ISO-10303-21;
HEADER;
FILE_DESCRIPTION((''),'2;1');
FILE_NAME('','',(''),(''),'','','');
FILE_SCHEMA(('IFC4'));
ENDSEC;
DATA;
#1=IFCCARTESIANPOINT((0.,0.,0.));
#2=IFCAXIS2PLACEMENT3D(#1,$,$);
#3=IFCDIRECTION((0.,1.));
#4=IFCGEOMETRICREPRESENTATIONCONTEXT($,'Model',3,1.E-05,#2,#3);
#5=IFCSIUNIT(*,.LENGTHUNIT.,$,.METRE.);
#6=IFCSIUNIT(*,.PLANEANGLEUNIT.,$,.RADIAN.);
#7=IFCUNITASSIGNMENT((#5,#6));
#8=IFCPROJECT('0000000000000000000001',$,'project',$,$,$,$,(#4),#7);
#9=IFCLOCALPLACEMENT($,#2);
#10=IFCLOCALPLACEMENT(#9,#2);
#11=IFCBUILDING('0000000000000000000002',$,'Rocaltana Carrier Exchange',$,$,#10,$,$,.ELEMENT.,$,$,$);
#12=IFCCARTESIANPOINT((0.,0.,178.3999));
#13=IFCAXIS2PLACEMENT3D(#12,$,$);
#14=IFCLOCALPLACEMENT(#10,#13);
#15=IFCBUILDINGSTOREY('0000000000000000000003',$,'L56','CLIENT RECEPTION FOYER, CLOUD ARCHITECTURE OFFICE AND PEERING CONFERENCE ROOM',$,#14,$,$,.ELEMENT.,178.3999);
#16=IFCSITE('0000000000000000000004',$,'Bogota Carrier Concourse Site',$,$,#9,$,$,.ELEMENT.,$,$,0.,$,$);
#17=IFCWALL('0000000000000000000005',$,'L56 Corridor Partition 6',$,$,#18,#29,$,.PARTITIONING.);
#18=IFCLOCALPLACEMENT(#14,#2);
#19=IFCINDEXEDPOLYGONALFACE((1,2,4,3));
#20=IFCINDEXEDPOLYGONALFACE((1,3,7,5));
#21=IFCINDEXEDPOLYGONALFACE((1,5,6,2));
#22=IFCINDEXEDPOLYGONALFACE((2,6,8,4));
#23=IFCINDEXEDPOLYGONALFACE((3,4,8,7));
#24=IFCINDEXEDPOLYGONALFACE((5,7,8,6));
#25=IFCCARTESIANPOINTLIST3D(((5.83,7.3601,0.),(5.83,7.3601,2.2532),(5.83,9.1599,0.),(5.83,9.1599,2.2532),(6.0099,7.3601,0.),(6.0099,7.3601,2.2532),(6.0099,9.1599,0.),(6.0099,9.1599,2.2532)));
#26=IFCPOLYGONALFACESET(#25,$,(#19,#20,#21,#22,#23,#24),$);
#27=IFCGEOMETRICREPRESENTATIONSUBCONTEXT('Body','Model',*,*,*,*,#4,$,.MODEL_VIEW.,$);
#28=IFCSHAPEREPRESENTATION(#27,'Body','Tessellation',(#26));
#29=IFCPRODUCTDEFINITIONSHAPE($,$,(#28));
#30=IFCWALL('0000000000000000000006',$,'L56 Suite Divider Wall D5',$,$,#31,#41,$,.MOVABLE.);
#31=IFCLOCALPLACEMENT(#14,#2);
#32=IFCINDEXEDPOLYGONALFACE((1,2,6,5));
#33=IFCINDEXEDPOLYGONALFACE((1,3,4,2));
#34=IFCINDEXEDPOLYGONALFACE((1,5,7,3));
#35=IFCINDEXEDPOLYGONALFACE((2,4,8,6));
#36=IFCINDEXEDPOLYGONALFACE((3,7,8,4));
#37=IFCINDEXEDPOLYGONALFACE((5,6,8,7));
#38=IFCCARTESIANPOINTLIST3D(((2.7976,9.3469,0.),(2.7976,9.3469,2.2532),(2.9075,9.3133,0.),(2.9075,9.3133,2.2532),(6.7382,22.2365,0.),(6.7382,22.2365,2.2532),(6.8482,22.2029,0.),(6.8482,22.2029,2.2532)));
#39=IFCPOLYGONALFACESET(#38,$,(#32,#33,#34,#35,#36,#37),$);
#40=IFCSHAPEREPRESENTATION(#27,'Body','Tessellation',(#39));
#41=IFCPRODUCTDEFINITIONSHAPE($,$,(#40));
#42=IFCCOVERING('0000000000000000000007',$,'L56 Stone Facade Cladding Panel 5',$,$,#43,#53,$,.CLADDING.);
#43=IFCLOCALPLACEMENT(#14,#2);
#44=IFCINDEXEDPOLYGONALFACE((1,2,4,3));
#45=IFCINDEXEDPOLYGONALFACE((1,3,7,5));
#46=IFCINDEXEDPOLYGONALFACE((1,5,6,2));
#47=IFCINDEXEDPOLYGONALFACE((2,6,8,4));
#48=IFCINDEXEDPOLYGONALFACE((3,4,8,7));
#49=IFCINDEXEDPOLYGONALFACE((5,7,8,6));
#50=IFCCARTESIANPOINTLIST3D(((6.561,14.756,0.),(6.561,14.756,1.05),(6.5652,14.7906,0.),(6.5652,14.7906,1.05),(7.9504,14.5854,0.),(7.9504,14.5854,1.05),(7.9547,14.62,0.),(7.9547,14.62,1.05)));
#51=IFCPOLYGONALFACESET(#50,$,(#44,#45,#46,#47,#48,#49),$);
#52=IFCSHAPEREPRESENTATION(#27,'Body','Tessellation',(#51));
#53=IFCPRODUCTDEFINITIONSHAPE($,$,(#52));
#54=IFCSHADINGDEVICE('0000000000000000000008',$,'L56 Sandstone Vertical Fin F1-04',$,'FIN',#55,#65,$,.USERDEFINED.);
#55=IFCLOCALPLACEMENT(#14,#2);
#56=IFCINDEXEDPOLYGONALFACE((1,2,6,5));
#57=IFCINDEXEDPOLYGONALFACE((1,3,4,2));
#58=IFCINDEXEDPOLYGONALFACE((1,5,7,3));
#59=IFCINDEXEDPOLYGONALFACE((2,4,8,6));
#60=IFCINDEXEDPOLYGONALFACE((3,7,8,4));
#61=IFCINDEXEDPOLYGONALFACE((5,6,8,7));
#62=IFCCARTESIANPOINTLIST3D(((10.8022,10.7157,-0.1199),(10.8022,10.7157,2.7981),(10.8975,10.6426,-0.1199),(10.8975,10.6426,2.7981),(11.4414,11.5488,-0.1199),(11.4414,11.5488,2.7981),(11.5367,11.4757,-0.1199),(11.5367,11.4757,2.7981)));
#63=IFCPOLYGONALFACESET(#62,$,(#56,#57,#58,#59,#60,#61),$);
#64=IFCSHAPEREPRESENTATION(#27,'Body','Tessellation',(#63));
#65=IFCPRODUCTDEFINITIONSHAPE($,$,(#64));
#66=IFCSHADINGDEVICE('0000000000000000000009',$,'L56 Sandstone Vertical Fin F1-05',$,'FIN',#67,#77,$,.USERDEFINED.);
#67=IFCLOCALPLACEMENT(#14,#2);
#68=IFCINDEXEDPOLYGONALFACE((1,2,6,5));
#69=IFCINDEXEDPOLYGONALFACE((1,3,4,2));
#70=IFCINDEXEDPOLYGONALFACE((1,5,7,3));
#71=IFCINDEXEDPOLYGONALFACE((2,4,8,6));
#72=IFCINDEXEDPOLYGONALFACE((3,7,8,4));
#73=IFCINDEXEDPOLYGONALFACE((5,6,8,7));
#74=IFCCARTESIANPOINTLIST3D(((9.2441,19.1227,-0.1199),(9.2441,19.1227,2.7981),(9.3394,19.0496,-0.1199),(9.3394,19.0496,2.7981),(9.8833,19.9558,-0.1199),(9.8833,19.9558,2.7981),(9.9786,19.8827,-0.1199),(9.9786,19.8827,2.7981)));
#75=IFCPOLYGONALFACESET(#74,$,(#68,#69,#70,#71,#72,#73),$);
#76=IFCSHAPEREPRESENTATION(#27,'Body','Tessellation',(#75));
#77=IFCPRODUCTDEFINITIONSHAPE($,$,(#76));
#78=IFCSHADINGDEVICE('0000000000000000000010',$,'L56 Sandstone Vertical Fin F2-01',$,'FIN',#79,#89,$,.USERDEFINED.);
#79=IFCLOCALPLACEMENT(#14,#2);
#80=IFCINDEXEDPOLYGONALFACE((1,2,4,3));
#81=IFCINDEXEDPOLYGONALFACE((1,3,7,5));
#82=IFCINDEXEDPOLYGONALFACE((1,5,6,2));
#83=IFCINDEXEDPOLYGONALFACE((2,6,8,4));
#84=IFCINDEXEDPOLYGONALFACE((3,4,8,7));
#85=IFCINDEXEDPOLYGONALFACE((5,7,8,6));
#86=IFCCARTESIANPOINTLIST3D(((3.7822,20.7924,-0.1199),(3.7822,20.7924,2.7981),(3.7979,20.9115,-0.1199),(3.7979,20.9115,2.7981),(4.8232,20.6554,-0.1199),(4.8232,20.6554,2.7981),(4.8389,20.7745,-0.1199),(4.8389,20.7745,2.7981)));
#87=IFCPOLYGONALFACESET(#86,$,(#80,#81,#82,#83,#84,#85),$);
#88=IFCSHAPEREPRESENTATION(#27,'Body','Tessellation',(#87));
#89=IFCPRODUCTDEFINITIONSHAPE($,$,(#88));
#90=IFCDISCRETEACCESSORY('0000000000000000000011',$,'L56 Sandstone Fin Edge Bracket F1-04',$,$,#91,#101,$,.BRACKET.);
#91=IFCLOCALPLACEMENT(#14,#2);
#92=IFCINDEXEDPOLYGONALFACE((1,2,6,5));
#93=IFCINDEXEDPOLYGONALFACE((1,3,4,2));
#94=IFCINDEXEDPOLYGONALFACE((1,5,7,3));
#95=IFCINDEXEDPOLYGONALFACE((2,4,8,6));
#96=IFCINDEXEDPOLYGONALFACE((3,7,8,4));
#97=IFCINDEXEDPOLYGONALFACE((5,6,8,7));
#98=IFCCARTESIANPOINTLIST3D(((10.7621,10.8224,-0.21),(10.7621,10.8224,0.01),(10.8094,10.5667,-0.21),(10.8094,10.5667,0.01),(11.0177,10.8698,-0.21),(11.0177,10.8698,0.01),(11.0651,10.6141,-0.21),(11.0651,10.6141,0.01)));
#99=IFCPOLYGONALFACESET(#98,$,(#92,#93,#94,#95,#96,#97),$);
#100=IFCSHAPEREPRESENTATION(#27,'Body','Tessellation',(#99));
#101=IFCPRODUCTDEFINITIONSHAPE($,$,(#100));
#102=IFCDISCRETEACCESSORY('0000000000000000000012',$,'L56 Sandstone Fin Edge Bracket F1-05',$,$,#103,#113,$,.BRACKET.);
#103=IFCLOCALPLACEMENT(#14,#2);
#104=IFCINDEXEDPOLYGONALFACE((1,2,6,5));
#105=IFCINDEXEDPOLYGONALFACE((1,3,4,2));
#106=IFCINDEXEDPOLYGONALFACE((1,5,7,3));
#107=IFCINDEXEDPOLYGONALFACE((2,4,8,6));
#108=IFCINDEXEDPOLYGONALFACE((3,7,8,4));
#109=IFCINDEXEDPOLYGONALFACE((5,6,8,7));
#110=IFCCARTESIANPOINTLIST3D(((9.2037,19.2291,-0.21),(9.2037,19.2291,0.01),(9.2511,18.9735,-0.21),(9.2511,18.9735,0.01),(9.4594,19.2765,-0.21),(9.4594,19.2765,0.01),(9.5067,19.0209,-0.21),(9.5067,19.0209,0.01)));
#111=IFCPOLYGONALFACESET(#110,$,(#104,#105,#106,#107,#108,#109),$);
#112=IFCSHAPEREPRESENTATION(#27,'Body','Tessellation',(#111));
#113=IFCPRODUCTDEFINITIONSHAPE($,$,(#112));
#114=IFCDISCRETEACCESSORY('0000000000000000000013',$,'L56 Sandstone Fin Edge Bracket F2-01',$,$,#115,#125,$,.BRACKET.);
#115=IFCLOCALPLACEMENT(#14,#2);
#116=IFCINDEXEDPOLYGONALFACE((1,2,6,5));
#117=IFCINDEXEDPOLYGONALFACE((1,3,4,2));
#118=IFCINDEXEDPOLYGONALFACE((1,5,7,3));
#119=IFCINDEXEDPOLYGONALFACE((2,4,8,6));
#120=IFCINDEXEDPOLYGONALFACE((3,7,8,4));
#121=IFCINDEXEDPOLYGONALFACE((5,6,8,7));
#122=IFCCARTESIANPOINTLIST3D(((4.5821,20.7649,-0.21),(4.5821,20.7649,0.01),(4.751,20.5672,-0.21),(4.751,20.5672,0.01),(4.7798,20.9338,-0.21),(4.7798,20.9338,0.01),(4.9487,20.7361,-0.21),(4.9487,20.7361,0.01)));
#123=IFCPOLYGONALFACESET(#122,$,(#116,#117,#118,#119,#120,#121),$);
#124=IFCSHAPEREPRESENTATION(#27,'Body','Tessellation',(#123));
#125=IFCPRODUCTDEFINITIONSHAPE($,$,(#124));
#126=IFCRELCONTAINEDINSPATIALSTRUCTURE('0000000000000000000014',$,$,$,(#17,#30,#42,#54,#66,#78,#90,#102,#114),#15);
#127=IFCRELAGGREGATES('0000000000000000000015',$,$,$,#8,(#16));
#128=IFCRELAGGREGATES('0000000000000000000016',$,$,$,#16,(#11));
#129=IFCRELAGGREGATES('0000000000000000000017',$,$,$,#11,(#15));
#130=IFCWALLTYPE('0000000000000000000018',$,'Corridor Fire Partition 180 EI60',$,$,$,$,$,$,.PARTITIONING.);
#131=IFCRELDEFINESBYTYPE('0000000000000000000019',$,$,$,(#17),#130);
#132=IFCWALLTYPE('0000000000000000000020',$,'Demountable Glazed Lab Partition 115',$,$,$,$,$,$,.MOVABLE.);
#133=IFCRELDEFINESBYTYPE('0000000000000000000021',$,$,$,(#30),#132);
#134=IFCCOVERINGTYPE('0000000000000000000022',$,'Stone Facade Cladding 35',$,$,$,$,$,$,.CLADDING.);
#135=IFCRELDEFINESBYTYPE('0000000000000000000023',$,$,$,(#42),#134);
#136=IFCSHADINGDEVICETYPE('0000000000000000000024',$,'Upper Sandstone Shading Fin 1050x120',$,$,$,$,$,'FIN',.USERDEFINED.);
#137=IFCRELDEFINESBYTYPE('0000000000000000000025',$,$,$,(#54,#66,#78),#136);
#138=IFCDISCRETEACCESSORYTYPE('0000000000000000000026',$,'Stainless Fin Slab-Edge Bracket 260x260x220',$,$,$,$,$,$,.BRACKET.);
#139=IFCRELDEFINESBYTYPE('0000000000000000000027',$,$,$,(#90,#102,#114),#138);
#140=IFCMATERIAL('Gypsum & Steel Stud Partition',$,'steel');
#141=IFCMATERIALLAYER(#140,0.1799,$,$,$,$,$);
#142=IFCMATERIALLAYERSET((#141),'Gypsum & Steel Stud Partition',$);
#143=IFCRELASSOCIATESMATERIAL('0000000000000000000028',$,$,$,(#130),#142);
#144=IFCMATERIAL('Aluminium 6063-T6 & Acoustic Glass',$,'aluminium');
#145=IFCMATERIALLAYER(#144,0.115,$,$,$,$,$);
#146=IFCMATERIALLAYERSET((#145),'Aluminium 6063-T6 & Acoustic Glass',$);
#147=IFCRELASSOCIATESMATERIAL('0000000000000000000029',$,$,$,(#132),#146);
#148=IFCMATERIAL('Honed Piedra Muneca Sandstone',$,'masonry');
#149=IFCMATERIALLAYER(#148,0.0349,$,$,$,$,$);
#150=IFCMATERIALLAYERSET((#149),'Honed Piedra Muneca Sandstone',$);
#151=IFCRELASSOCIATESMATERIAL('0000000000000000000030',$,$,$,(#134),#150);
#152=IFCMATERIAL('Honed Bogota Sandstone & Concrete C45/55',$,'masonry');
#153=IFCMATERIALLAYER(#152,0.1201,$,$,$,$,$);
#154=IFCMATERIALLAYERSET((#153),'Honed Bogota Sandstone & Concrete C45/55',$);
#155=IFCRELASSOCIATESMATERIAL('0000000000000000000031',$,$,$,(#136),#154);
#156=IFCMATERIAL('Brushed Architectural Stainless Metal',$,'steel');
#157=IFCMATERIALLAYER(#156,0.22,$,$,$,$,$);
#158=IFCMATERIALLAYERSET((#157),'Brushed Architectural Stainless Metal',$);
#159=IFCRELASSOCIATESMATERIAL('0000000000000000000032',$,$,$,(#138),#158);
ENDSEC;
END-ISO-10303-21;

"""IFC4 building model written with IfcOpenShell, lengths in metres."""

from ifc_helpers import new_model, si_unit, direction, frame, frame_2d, origin, origin_2d, place, context, subcontext, project, spatial, rectangle, extrude, material, layer, layer_set, type_object, element, save


model = new_model("IFC4")

# Units and contexts
model_context = context("Model", 3, precision=1e-05, world=origin(), true_north=direction((0.0, 1.0)))
body_context = subcontext(model_context, "Body", "Model", "MODEL_VIEW")
ifc_project = project(units=[si_unit("LENGTHUNIT", "METRE"), si_unit("PLANEANGLEUNIT", "RADIAN")], contexts=[model_context])

# Site, building, storey
site_placement = place(None, origin())
site = spatial("IfcSite", under=ifc_project, at=site_placement, Name="Bogota Carrier Concourse Site", CompositionType="ELEMENT", RefElevation=0.0)
building_placement = place(site_placement, origin())
building = spatial("IfcBuilding", under=site, at=building_placement, Name="Rocaltana Carrier Exchange", CompositionType="ELEMENT")
storey_placement = place(building_placement, frame((0.0, 0.0, 178.3999)))
storey = spatial("IfcBuildingStorey", under=building, at=storey_placement, Name="L56", Description="CLIENT RECEPTION FOYER, CLOUD ARCHITECTURE OFFICE AND PEERING CONFERENCE ROOM", CompositionType="ELEMENT", Elevation=178.3999)

# Walls
ifc_material_1 = material(Name="Gypsum & Steel Stud Partition", Category="steel")
ifc_layer_1 = layer(ifc_material_1, 0.1799)
ifc_layer_set_1 = layer_set([ifc_layer_1], Name="Gypsum & Steel Stud Partition")
wall_type_1 = type_object("IfcWallType", Name="Corridor Fire Partition 180 EI60", PredefinedType="PARTITIONING", material=ifc_layer_set_1)
wall_1_placement = place(storey_placement, frame((5.9199, 9.1599, 0.0), z_axis=(0.0, 0.0, 1.0), x_axis=(0.0, -1.0, 0.0)))
element("IfcWall", 1, at=wall_1_placement, inside=storey, type_object=wall_type_1, Name="L56 Corridor Partition 6", PredefinedType="PARTITIONING", context=body_context, shape_type="SweptSolid", body=[
    extrude(rectangle(XDim=1.7998, YDim=0.1799, at=frame_2d((0.8999, 0.0))), origin(), (0.0, 0.0, 1.0), 2.2532),
])
ifc_material_2 = material(Name="Aluminium 6063-T6 & Acoustic Glass", Category="aluminium")
ifc_layer_2 = layer(ifc_material_2, 0.115)
ifc_layer_set_2 = layer_set([ifc_layer_2], Name="Aluminium 6063-T6 & Acoustic Glass")
wall_type_2 = type_object("IfcWallType", Name="Demountable Glazed Lab Partition 115", PredefinedType="MOVABLE", material=ifc_layer_set_2)
wall_2_placement = place(storey_placement, frame((2.8525, 9.3301, 0.0), z_axis=(0.0, 0.0, 1.0), x_axis=(0.292366, 0.956307, 0.0)))
element("IfcWall", 2, at=wall_2_placement, inside=storey, type_object=wall_type_2, Name="L56 Suite Divider Wall D5", PredefinedType="MOVABLE", context=body_context, shape_type="SweptSolid", body=[
    extrude(rectangle(XDim=13.4785, YDim=0.115, at=frame_2d((6.7393, 0.0))), origin(), (0.0, 0.0, 1.0), 2.2532),
])

# Covering
ifc_material_3 = material(Name="Honed Piedra Muneca Sandstone", Category="masonry")
ifc_layer_3 = layer(ifc_material_3, 0.0349)
ifc_layer_set_3 = layer_set([ifc_layer_3], Name="Honed Piedra Muneca Sandstone")
covering_type = type_object("IfcCoveringType", Name="Stone Facade Cladding 35", PredefinedType="CLADDING", material=ifc_layer_set_3)
covering_placement = place(storey_placement, frame((7.2578, 14.688, 0.0), z_axis=(0.0, 0.0, 1.0), x_axis=(-0.992546, 0.121869, 0.0)))
element("IfcCovering", 3, at=covering_placement, inside=storey, type_object=covering_type, Name="L56 Stone Facade Cladding Panel 5", PredefinedType="CLADDING", context=body_context, shape_type="SweptSolid", body=[
    extrude(rectangle(XDim=1.3999, YDim=0.0349, at=origin_2d()), origin(), (0.0, 0.0, 1.0), 1.05),
])

# Shading devices
ifc_material_4 = material(Name="Honed Bogota Sandstone & Concrete C45/55", Category="masonry")
ifc_layer_4 = layer(ifc_material_4, 0.1201)
ifc_layer_set_4 = layer_set([ifc_layer_4], Name="Honed Bogota Sandstone & Concrete C45/55")
shading_device_type = type_object("IfcShadingDeviceType", Name="Upper Sandstone Shading Fin 1050x120", ElementType="FIN", PredefinedType="USERDEFINED", material=ifc_layer_set_4)
for number, where, z_axis, x_axis, name in (
    (4, (11.1694, 11.0957, -0.1199), (0.0, 0.0, 1.0), (0.608761, 0.793353, 0.0), "L56 Sandstone Vertical Fin F1-04"),
    (5, (9.6113, 19.5027, -0.1199), (0.0, 0.0, 1.0), (0.608761, 0.793353, 0.0), "L56 Sandstone Vertical Fin F1-05"),
    (6, (4.3105, 20.7834, -0.1199), (0.0, 0.0, 1.0), (-0.991445, 0.130526, 0.0), "L56 Sandstone Vertical Fin F2-01"),
):
    element("IfcShadingDevice", number, at=place(storey_placement, frame(where, z_axis=z_axis, x_axis=x_axis)), inside=storey, type_object=shading_device_type, Name=name, ObjectType="FIN", PredefinedType="USERDEFINED", context=body_context, shape_type="SweptSolid", body=[
        extrude(rectangle(XDim=1.05, YDim=0.1201, at=origin_2d()), origin(), (0.0, 0.0, 1.0), 2.918),
    ])

# Discrete accessories
ifc_material_5 = material(Name="Brushed Architectural Stainless Metal", Category="steel")
ifc_layer_5 = layer(ifc_material_5, 0.22)
ifc_layer_set_5 = layer_set([ifc_layer_5], Name="Brushed Architectural Stainless Metal")
discrete_accessory_type = type_object("IfcDiscreteAccessoryType", Name="Stainless Fin Slab-Edge Bracket 260x260x220", PredefinedType="BRACKET", material=ifc_layer_set_5)
for number, where, z_axis, x_axis, name in (
    (7, (10.9136, 10.7183, -0.21), (0.0, 0.0, 1.0), (-0.182236, 0.983255, 0.0), "L56 Sandstone Fin Edge Bracket F1-04"),
    (8, (9.3552, 19.125, -0.21), (0.0, 0.0, 1.0), (-0.182236, 0.983255, 0.0), "L56 Sandstone Fin Edge Bracket F1-05"),
    (9, (4.7654, 20.7505, -0.21), (0.0, 0.0, 1.0), (-0.760406, -0.649448, 0.0), "L56 Sandstone Fin Edge Bracket F2-01"),
):
    element("IfcDiscreteAccessory", number, at=place(storey_placement, frame(where, z_axis=z_axis, x_axis=x_axis)), inside=storey, type_object=discrete_accessory_type, Name=name, PredefinedType="BRACKET", context=body_context, shape_type="SweptSolid", body=[
        extrude(rectangle(XDim=0.26, YDim=0.26, at=origin_2d()), origin(), (0.0, 0.0, 1.0), 0.22),
    ])

save(model, "model.ifc")
